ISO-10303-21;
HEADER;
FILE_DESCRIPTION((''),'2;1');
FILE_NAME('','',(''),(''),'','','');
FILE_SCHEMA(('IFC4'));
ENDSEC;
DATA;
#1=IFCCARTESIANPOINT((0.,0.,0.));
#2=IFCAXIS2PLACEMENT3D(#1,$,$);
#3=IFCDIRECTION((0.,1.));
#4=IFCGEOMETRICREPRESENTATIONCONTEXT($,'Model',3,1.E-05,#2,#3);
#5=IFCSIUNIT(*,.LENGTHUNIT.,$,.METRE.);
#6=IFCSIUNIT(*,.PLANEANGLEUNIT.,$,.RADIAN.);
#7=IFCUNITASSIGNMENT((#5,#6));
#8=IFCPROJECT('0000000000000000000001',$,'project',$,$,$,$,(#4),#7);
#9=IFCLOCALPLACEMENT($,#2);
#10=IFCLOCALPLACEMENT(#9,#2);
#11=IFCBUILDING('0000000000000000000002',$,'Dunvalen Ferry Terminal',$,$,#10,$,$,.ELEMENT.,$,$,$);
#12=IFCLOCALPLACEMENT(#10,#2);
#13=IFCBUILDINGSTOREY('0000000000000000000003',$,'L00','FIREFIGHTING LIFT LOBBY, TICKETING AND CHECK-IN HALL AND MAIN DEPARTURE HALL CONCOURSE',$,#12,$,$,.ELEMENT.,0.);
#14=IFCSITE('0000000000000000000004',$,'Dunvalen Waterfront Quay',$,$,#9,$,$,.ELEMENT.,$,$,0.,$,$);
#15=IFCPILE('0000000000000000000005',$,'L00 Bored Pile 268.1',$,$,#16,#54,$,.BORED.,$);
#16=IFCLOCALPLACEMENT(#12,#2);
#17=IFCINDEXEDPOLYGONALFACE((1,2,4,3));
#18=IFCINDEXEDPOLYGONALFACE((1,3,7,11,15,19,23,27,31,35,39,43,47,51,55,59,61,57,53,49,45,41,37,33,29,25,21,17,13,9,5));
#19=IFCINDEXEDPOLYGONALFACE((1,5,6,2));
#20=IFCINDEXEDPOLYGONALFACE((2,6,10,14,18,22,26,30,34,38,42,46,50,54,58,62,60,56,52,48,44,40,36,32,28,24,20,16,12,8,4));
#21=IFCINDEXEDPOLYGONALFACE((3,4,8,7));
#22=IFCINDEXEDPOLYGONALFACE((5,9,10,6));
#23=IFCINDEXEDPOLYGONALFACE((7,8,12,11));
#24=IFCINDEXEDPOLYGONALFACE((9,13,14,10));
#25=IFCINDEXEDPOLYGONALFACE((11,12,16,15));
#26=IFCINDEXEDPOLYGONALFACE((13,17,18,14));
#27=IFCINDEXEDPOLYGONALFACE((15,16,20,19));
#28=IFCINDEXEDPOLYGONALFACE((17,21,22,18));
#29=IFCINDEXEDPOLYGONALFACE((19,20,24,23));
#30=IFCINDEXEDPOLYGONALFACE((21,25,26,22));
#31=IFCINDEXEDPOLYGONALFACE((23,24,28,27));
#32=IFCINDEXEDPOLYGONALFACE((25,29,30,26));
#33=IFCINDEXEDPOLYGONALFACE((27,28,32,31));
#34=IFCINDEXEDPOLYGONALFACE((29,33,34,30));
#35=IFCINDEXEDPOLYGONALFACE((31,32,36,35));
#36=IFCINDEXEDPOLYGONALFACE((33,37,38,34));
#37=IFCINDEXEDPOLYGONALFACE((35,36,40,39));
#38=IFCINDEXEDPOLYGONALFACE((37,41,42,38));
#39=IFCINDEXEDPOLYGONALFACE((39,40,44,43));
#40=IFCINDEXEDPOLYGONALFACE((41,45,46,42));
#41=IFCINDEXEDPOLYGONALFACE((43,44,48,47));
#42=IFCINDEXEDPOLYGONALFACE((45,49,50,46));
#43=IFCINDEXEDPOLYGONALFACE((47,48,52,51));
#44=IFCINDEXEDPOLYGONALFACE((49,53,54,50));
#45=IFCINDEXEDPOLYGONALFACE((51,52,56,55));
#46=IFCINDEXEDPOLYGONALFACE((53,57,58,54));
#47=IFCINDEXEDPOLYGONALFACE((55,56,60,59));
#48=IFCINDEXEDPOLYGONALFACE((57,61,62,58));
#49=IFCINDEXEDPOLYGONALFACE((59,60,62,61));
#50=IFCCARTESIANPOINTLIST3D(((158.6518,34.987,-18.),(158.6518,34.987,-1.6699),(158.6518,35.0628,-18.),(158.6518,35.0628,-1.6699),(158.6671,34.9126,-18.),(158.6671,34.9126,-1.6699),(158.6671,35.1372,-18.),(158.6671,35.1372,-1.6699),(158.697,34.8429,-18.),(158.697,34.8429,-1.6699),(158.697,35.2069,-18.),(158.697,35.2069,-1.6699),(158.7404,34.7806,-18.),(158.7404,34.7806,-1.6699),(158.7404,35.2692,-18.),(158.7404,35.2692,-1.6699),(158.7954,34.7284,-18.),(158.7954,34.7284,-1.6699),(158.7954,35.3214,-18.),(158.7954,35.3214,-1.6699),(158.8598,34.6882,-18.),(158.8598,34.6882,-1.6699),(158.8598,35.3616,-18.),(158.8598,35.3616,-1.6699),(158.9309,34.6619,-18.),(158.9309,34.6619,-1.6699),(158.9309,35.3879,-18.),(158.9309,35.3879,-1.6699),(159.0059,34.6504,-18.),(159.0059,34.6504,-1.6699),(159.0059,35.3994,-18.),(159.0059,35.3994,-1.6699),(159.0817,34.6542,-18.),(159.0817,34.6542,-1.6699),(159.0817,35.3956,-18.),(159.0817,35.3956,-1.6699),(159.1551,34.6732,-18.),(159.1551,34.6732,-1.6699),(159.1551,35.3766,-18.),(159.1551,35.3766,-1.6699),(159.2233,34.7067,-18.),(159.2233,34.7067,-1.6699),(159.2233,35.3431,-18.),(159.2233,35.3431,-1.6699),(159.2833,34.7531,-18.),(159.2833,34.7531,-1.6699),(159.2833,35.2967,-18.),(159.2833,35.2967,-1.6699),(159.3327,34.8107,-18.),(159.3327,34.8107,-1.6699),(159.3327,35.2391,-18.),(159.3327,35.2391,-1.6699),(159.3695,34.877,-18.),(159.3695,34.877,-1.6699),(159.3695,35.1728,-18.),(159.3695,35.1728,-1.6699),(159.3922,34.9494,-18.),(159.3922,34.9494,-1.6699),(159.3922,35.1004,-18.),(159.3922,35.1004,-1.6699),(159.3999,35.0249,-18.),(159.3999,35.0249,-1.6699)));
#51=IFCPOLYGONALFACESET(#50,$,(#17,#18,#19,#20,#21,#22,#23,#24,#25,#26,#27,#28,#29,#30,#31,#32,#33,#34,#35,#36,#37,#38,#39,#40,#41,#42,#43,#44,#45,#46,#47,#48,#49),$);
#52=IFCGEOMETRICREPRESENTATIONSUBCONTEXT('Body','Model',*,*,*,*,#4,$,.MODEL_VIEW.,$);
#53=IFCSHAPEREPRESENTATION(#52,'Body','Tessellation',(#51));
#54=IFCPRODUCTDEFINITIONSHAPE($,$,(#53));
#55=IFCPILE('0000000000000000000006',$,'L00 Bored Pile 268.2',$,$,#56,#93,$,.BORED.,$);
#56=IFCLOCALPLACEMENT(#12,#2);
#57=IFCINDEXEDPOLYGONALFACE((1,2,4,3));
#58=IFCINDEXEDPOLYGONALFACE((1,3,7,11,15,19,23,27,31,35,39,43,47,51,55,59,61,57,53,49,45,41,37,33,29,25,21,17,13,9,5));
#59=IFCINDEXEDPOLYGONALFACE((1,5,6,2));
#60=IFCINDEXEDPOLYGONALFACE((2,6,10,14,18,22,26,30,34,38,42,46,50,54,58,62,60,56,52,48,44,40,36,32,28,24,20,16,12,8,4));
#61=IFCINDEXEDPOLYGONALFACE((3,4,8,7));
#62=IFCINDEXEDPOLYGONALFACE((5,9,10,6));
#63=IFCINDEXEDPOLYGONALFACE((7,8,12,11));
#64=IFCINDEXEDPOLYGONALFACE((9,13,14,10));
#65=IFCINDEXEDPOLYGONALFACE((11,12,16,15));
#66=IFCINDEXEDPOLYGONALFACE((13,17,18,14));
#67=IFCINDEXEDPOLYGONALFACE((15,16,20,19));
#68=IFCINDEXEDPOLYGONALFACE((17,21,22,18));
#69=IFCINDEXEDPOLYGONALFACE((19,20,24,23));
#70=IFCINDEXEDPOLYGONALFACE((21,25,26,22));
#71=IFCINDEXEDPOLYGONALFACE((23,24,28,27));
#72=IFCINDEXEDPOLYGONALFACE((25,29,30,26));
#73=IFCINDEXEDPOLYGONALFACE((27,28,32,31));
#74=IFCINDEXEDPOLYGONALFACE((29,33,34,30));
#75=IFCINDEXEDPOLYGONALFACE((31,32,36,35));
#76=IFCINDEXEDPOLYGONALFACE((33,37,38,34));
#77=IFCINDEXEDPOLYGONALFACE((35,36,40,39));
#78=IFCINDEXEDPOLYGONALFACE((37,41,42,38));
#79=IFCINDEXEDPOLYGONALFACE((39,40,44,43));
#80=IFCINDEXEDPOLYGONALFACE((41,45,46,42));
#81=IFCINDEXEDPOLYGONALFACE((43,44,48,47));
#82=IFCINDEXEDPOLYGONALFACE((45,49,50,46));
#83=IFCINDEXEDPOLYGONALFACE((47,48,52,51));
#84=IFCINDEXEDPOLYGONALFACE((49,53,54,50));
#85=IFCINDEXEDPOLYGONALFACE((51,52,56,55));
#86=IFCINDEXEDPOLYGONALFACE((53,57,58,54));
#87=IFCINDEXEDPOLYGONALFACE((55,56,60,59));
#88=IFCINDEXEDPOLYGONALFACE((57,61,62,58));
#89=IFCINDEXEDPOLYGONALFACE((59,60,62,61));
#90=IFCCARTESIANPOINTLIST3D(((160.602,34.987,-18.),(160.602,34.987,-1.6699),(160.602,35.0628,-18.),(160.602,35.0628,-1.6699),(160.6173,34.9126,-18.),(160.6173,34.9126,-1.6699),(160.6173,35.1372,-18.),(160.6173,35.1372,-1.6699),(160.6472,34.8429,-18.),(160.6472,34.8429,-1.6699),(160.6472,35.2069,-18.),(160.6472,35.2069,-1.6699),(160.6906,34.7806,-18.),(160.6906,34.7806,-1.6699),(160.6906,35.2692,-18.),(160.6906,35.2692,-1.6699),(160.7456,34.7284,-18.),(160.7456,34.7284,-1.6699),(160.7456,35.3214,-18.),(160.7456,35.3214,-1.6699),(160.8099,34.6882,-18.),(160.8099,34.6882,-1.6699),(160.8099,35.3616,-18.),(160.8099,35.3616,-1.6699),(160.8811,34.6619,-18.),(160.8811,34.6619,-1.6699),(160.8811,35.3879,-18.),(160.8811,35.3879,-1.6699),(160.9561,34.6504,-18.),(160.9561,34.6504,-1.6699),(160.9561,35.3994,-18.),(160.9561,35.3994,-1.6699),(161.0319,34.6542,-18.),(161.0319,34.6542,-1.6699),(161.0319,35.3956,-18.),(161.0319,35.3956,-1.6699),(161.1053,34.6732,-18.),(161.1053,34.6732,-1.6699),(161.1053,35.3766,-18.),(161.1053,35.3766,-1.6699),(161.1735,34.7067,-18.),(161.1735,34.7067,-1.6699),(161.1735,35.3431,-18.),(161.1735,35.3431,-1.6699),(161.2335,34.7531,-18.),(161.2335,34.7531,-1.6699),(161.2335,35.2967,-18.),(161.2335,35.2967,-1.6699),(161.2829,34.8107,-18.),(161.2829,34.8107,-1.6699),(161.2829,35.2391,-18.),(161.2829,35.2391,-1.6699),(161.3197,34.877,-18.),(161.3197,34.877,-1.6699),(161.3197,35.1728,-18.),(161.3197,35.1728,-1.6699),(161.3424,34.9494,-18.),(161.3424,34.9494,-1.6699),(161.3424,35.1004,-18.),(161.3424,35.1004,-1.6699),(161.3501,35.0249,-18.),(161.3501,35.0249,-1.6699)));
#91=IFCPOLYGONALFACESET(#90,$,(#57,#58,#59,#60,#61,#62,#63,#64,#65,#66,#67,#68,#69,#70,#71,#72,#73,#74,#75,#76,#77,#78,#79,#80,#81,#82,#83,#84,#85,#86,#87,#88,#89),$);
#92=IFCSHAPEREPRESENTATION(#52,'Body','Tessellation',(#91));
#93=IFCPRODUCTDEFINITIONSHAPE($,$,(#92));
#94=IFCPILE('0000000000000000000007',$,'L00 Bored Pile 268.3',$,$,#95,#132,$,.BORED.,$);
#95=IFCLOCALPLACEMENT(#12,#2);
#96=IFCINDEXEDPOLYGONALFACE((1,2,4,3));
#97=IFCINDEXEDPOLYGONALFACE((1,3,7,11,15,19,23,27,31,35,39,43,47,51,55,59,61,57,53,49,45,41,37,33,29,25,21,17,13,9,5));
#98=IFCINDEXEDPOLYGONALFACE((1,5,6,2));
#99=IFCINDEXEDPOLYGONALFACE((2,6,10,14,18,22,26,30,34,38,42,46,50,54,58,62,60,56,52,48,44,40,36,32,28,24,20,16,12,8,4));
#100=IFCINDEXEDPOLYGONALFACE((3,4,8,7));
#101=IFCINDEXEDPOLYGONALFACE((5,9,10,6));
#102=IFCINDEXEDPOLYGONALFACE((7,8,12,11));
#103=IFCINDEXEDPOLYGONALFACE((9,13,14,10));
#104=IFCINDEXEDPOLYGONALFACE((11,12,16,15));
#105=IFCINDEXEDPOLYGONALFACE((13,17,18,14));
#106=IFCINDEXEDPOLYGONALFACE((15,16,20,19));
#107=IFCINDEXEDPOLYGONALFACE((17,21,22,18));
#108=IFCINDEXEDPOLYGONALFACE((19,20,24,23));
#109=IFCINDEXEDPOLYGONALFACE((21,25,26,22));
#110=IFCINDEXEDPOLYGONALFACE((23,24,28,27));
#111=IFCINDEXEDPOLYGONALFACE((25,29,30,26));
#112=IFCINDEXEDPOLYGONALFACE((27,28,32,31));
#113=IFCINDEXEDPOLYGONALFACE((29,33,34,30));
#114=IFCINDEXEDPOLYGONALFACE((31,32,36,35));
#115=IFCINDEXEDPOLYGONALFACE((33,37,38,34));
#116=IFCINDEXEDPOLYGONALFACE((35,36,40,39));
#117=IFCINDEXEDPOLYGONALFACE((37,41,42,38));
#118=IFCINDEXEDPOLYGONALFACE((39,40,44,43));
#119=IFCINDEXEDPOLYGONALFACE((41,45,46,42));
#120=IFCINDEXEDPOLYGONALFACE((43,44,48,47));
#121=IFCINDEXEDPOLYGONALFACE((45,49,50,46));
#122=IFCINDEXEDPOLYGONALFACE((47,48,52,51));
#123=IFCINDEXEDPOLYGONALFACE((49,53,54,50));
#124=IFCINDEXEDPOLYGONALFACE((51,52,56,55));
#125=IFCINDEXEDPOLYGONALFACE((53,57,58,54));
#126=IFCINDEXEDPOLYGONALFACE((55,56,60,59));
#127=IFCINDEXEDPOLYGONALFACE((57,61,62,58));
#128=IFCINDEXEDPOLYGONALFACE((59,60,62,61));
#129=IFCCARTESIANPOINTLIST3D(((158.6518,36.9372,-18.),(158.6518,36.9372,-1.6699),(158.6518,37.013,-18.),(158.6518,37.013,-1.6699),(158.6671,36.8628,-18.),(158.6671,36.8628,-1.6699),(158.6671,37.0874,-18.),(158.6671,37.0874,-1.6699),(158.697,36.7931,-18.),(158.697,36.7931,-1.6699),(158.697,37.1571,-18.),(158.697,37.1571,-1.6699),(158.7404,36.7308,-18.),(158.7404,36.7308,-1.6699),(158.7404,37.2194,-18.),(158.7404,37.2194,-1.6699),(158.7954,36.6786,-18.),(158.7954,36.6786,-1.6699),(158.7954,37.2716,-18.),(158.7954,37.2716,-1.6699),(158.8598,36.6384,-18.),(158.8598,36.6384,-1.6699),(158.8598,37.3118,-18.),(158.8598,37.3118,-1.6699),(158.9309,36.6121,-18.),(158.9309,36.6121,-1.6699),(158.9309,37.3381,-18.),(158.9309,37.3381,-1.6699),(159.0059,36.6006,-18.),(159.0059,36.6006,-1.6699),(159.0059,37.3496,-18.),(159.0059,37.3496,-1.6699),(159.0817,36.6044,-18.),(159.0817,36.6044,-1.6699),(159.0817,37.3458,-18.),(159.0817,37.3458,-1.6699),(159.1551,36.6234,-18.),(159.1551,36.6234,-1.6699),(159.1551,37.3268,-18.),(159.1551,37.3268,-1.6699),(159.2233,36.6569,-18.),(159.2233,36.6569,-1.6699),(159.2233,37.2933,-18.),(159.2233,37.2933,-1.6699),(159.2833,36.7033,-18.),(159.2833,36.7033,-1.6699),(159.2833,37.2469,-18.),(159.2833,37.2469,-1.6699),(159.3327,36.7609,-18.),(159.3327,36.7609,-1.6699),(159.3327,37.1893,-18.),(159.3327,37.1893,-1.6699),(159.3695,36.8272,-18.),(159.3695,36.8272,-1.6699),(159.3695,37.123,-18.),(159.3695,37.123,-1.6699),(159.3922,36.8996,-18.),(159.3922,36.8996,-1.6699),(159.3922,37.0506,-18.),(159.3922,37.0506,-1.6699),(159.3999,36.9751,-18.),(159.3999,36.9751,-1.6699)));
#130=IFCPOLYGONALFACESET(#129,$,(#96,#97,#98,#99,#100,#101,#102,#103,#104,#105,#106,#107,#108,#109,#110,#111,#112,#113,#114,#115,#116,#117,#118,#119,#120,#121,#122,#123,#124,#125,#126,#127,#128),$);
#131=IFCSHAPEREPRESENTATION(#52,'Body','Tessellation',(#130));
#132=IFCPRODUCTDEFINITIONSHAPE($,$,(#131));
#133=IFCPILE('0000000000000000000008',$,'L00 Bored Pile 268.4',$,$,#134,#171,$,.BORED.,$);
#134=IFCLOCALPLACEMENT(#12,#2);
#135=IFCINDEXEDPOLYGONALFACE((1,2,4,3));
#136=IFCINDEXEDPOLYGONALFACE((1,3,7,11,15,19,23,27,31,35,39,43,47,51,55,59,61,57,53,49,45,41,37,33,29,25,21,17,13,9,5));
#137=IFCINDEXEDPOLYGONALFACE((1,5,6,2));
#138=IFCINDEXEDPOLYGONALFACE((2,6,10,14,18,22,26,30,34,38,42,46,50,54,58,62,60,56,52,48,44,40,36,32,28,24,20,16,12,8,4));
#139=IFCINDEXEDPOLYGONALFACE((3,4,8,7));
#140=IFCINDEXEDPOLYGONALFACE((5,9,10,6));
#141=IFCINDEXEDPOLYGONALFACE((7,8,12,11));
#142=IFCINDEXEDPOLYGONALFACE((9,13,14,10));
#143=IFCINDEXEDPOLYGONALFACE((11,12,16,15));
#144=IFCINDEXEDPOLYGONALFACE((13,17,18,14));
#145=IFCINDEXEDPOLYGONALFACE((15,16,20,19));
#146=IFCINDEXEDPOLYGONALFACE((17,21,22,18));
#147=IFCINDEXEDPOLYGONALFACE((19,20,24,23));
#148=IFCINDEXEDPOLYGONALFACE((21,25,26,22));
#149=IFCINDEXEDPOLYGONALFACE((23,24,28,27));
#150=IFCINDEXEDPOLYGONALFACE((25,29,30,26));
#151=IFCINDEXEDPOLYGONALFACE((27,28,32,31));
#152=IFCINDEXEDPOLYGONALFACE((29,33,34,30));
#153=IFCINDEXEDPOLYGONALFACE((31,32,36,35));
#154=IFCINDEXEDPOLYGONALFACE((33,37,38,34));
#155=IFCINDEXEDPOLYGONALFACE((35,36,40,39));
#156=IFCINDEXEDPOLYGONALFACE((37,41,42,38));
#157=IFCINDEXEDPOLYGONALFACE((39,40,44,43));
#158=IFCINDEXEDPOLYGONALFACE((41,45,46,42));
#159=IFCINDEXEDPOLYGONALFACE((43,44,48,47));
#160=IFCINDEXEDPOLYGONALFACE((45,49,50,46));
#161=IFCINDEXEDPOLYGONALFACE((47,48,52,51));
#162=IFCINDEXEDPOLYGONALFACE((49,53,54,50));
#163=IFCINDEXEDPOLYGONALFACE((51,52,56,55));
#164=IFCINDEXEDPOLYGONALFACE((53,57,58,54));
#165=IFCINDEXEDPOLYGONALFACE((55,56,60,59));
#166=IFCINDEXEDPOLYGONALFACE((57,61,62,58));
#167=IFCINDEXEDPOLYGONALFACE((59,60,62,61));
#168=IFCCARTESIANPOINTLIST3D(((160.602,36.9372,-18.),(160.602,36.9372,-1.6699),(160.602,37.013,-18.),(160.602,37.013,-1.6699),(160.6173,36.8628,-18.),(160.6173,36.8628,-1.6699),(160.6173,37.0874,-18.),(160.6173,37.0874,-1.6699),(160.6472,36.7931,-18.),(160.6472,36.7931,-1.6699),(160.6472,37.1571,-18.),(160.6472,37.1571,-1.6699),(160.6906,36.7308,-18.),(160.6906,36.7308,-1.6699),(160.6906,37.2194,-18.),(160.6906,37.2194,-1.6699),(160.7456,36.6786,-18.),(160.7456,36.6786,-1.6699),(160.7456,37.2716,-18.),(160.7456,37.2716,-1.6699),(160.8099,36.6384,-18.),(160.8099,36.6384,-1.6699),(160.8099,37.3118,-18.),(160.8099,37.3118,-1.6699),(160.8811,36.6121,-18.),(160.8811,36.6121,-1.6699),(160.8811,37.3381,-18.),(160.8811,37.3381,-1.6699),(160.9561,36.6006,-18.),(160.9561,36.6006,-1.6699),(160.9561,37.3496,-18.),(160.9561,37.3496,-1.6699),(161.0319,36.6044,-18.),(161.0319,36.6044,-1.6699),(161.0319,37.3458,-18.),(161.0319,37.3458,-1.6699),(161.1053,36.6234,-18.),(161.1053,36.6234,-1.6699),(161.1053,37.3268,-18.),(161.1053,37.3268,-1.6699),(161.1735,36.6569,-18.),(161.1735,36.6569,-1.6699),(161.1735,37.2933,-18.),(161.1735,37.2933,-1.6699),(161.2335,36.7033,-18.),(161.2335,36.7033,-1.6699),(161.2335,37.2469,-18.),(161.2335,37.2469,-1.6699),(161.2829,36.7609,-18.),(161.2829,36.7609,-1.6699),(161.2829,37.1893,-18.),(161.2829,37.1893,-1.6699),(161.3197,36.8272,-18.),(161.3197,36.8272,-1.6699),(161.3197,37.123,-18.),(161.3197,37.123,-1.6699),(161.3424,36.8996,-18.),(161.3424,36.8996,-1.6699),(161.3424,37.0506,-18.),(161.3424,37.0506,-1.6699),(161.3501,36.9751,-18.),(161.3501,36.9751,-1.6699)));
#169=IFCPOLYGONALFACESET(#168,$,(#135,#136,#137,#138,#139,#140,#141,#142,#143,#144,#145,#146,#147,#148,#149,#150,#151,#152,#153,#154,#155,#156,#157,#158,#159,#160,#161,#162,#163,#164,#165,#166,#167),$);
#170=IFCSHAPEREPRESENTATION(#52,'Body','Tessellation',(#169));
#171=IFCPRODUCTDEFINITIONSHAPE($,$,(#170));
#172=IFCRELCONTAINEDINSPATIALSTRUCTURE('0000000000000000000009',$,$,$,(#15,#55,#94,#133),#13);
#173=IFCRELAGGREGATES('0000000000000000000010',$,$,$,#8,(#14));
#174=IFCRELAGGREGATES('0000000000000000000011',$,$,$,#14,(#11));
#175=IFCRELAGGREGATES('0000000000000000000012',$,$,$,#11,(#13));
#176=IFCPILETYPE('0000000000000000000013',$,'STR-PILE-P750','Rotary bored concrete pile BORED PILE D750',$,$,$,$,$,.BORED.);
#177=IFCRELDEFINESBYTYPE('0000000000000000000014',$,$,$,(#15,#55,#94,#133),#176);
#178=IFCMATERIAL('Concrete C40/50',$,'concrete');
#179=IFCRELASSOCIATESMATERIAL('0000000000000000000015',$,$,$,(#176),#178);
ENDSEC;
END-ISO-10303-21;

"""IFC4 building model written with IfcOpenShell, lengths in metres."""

from ifc_helpers import new_model, si_unit, direction, frame, origin, origin_2d, place, context, subcontext, project, spatial, circle, extrude, material, material_profile, profile_set, type_object, element, save


model = new_model("IFC4")

# Units and contexts
model_context = context("Model", 3, precision=1e-05, world=origin(), true_north=direction((0.0, 1.0)))
body_context = subcontext(model_context, "Body", "Model", "MODEL_VIEW")
ifc_project = project(units=[si_unit("LENGTHUNIT", "METRE"), si_unit("PLANEANGLEUNIT", "RADIAN")], contexts=[model_context])

# Site, building, storey
site_placement = place(None, origin())
site = spatial("IfcSite", under=ifc_project, at=site_placement, Name="Dunvalen Waterfront Quay", CompositionType="ELEMENT", RefElevation=0.0)
building_placement = place(site_placement, origin())
building = spatial("IfcBuilding", under=site, at=building_placement, Name="Dunvalen Ferry Terminal", CompositionType="ELEMENT")
storey_placement = place(building_placement, origin())
storey = spatial("IfcBuildingStorey", under=building, at=storey_placement, Name="L00", Description="FIREFIGHTING LIFT LOBBY, TICKETING AND CHECK-IN HALL AND MAIN DEPARTURE HALL CONCOURSE", CompositionType="ELEMENT", Elevation=0.0)

# Shared definitions
ifc_material_1 = material(Name="Concrete C40/50", Category="concrete")

# Piles
ifc_material_profile_1 = material_profile(ifc_material_1, circle(Radius=0.375, at=origin_2d()), Name="Concrete C40/50")
ifc_profile_set_1 = profile_set([ifc_material_profile_1], Name="Concrete C40/50")
pile_type_1 = type_object("IfcPileType", Name="STR-PILE-P750", Description="Rotary bored concrete pile BORED PILE D750", PredefinedType="BORED", material=ifc_profile_set_1)
for number, where, z_axis, x_axis, name in (
    (1, (159.0249, 35.0249, -1.6699), (0.0, 0.0, -1.0), (1.0, 0.0, 0.0), "L00 Bored Pile 268.1"),
    (2, (160.9751, 35.0249, -1.6699), (0.0, 0.0, -1.0), (1.0, 0.0, 0.0), "L00 Bored Pile 268.2"),
    (3, (159.0249, 36.9751, -1.6699), (0.0, 0.0, -1.0), (1.0, 0.0, 0.0), "L00 Bored Pile 268.3"),
    (4, (160.9751, 36.9751, -1.6699), (0.0, 0.0, -1.0), (1.0, 0.0, 0.0), "L00 Bored Pile 268.4"),
):
    element("IfcPile", number, at=place(storey_placement, frame(where, z_axis=z_axis, x_axis=x_axis)), inside=storey, type_object=pile_type_1, Name=name, PredefinedType="BORED", context=body_context, shape_type="SweptSolid", body=[
        extrude(circle(Radius=0.375, at=origin_2d()), origin(), (0.0, 0.0, 1.0), 16.3301),
    ])

save(model, "model.ifc")
